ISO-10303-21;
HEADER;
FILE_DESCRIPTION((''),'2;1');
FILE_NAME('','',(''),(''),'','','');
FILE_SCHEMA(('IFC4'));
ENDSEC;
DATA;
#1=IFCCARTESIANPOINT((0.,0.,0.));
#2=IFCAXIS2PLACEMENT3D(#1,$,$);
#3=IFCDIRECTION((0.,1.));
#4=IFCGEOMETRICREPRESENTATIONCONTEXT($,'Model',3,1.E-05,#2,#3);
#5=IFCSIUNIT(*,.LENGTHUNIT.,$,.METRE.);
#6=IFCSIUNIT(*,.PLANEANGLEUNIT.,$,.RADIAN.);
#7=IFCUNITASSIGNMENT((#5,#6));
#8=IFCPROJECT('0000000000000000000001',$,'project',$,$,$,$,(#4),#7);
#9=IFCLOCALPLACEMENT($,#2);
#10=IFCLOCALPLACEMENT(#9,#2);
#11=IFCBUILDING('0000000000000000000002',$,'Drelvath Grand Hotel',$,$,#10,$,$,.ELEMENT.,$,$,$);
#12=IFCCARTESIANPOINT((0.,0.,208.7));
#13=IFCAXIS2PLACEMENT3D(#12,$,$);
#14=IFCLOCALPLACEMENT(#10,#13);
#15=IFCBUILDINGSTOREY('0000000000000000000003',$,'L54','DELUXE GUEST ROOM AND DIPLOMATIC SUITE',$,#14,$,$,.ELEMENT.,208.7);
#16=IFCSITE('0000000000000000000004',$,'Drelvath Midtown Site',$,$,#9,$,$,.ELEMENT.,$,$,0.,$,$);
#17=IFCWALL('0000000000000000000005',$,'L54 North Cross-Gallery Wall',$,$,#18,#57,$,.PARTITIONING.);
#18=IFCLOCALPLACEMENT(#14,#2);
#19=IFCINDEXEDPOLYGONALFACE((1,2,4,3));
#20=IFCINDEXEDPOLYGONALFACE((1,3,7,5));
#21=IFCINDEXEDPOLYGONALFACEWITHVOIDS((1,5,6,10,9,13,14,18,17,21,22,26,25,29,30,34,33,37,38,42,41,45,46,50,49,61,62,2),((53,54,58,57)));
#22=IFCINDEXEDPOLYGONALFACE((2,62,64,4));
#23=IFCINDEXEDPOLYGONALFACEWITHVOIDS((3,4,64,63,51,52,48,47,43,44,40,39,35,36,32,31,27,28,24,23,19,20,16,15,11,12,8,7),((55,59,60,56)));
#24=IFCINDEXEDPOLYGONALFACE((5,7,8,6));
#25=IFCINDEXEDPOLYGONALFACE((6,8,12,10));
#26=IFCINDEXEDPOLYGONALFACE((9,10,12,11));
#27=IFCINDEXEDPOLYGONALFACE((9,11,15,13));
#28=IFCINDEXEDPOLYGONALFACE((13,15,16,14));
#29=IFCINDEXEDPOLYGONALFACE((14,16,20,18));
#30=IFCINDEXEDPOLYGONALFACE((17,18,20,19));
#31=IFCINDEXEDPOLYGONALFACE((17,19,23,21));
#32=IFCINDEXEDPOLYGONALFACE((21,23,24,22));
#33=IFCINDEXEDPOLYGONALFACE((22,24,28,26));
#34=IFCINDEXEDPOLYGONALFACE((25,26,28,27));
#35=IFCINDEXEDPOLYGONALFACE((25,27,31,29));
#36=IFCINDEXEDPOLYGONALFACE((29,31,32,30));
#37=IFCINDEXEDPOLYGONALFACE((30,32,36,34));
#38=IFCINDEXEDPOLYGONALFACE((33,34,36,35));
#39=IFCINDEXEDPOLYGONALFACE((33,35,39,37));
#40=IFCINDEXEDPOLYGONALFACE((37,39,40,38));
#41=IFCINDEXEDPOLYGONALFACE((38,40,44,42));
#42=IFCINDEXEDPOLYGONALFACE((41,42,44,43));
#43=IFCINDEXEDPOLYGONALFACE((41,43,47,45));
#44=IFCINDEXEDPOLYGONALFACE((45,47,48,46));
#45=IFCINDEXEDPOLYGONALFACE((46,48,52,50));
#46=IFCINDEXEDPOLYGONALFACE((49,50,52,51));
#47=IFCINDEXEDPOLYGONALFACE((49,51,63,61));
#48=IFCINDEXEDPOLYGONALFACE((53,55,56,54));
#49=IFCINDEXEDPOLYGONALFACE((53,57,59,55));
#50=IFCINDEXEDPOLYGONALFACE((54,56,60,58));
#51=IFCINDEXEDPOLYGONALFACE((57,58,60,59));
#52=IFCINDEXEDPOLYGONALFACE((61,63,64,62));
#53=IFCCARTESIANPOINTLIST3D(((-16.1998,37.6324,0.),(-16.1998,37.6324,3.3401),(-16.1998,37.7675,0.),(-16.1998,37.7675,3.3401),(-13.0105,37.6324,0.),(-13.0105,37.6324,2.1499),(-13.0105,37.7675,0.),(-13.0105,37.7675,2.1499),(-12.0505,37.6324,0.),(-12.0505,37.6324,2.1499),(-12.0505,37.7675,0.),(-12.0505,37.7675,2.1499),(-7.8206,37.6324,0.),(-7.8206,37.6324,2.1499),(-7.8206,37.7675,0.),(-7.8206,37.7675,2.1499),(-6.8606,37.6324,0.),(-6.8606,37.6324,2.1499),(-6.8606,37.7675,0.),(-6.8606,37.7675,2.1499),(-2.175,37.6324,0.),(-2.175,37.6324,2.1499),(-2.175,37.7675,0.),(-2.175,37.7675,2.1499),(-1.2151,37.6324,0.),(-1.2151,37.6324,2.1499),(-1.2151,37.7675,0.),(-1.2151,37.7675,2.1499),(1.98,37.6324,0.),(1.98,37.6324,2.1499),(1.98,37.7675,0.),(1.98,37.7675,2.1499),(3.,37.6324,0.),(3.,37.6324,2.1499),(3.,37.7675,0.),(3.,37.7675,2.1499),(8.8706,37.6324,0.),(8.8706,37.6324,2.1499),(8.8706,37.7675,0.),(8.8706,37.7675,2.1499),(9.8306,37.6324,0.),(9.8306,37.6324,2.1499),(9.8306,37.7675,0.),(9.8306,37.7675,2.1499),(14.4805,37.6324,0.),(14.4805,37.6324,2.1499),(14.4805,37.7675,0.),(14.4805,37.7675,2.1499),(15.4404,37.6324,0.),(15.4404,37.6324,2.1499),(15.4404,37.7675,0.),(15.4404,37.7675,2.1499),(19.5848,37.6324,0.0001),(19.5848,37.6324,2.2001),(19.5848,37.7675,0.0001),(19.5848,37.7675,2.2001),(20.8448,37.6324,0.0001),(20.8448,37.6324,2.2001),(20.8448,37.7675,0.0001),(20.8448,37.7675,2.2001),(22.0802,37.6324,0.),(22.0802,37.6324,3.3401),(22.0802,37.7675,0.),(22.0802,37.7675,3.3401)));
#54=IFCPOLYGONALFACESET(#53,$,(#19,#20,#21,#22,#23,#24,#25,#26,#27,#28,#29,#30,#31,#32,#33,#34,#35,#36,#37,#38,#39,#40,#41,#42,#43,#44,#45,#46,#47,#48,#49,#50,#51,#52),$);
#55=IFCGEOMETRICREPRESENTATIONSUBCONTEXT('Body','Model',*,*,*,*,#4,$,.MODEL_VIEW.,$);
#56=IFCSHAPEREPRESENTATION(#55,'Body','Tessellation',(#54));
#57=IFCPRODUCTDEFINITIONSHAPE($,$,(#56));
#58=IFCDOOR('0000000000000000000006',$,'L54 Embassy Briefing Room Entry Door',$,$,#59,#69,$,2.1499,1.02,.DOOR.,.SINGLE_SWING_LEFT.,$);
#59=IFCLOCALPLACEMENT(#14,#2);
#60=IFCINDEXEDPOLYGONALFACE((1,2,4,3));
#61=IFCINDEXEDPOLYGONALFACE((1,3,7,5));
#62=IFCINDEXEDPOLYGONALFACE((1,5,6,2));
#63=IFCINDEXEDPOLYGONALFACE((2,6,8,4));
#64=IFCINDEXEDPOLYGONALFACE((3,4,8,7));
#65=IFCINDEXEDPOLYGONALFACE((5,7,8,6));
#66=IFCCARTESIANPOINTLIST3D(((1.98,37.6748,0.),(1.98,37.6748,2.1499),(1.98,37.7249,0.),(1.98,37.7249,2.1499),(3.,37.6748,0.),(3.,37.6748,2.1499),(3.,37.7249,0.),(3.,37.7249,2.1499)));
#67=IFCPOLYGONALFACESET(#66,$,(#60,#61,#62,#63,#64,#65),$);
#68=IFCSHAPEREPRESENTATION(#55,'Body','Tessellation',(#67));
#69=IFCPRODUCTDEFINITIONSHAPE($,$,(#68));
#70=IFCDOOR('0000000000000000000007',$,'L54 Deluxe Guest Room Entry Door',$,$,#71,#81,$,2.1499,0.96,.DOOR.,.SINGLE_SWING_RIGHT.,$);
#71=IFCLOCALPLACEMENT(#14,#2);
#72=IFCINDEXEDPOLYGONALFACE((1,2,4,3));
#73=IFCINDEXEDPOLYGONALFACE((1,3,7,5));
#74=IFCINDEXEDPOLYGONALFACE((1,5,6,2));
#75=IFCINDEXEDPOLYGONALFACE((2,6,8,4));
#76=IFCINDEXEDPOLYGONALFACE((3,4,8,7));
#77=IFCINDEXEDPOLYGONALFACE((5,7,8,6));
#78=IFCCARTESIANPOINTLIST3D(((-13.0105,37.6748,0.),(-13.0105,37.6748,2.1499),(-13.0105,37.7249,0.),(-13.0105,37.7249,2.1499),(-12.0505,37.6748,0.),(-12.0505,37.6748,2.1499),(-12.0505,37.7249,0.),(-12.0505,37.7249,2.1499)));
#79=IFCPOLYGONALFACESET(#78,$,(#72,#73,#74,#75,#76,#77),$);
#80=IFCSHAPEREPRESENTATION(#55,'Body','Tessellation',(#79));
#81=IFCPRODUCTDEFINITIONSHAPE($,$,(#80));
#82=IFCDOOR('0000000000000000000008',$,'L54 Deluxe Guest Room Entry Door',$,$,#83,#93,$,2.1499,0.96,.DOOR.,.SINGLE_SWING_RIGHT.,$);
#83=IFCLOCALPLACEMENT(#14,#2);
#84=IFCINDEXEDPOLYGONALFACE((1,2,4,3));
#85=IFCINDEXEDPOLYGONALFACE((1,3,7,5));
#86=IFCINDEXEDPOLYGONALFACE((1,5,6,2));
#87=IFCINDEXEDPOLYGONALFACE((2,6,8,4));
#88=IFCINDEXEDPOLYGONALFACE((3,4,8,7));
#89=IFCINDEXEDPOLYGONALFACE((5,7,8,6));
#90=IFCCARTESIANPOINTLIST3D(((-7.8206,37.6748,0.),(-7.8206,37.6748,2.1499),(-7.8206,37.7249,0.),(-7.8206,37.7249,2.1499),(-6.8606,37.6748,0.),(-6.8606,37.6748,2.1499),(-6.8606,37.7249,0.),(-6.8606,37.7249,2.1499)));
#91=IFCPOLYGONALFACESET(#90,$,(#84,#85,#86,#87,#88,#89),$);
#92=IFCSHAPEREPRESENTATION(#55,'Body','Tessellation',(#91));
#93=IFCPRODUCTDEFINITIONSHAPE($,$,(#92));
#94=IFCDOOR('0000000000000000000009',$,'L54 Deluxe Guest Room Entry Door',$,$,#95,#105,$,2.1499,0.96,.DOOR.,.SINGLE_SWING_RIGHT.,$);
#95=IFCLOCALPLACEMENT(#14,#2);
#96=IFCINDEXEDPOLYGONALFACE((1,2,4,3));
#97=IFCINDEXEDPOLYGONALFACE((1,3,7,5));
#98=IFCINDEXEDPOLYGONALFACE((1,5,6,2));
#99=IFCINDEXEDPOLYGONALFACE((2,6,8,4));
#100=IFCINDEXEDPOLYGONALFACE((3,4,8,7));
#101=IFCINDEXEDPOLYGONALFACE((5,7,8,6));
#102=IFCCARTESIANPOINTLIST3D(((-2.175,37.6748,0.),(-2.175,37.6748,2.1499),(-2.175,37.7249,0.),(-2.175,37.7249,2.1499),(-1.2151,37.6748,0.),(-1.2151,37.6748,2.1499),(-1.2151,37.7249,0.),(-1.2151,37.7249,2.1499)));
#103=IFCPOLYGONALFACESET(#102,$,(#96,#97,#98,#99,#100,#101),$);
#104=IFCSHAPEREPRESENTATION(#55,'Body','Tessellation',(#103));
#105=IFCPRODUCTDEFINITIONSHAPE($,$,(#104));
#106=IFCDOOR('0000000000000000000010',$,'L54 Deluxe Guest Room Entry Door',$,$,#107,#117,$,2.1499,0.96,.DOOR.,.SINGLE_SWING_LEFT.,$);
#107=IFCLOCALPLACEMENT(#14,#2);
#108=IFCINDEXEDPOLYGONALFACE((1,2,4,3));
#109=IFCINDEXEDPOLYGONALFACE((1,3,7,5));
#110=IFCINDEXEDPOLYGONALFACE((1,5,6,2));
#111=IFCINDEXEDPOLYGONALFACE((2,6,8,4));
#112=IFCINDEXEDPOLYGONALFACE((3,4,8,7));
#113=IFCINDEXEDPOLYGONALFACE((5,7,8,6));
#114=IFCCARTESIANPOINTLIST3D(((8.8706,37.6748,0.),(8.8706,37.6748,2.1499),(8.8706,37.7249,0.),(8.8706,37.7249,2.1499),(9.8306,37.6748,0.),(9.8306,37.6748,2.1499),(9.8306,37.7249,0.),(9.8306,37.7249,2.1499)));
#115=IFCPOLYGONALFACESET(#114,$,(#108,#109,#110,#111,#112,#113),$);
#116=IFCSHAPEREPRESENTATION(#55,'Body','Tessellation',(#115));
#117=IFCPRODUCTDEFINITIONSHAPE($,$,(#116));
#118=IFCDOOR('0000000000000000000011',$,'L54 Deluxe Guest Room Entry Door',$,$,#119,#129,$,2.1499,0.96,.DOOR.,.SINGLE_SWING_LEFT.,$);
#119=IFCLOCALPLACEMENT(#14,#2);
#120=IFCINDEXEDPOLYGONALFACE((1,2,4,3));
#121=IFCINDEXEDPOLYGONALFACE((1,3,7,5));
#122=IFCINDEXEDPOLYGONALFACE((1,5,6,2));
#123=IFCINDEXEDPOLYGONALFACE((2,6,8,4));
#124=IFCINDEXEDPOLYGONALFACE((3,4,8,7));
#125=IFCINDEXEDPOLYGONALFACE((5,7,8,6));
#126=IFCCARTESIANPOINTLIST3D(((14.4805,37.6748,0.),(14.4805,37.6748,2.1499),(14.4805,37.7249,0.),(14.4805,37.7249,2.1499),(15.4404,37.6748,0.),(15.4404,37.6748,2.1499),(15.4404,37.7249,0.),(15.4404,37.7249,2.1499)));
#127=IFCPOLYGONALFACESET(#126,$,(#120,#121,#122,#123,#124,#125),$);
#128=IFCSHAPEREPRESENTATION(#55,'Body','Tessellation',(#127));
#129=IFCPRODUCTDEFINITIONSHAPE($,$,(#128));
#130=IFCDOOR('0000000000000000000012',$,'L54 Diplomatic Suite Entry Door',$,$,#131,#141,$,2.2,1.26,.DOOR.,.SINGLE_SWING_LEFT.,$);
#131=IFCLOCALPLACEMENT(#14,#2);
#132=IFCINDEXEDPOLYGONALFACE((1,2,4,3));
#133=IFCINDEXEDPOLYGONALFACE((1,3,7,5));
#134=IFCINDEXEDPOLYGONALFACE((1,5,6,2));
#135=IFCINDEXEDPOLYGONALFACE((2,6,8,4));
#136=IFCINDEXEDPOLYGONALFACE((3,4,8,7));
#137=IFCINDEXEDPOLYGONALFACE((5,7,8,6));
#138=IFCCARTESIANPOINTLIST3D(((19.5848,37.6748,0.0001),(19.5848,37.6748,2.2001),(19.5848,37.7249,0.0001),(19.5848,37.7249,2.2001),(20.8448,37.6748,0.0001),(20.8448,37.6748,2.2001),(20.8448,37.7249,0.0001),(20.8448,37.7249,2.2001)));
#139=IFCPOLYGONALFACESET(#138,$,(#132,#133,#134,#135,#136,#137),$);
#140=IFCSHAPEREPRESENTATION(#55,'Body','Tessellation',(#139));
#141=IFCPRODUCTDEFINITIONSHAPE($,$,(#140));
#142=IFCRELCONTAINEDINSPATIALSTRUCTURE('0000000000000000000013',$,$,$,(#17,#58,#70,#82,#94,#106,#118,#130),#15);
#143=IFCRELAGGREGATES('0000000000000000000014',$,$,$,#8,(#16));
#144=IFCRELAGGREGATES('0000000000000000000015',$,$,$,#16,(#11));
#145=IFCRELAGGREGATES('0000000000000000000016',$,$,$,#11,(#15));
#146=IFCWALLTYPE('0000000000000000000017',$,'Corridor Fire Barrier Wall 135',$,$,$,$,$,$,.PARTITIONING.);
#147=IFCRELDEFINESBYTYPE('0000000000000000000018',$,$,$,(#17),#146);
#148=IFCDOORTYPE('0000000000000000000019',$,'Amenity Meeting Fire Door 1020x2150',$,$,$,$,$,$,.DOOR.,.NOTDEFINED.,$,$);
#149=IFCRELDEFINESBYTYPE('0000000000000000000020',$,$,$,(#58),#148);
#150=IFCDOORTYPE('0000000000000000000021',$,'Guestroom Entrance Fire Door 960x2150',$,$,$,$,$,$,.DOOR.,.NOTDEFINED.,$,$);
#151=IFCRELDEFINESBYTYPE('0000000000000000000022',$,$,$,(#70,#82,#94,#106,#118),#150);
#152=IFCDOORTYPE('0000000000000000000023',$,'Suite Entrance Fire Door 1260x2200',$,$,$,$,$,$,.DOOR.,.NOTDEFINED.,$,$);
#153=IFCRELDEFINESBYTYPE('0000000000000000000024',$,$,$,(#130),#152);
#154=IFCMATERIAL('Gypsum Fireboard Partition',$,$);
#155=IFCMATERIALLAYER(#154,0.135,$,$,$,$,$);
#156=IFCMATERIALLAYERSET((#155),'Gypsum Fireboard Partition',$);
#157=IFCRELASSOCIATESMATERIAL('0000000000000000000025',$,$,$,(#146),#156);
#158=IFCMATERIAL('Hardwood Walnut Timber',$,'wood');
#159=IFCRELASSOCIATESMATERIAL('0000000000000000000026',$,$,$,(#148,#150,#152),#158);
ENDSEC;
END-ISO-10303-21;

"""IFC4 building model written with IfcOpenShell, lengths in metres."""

from ifc_helpers import new_model, si_unit, direction, frame, frame_2d, origin, place, context, subcontext, project, spatial, rectangle, extrude, material, layer, layer_set, type_object, element, fill, save


model = new_model("IFC4")

# Units and contexts
model_context = context("Model", 3, precision=1e-05, world=origin(), true_north=direction((0.0, 1.0)))
body_context = subcontext(model_context, "Body", "Model", "MODEL_VIEW")
ifc_project = project(units=[si_unit("LENGTHUNIT", "METRE"), si_unit("PLANEANGLEUNIT", "RADIAN")], contexts=[model_context])

# Site, building, storey
site_placement = place(None, origin())
site = spatial("IfcSite", under=ifc_project, at=site_placement, Name="Drelvath Midtown Site", CompositionType="ELEMENT", RefElevation=0.0)
building_placement = place(site_placement, origin())
building = spatial("IfcBuilding", under=site, at=building_placement, Name="Drelvath Grand Hotel", CompositionType="ELEMENT")
storey_placement = place(building_placement, frame((0.0, 0.0, 208.7)))
storey = spatial("IfcBuildingStorey", under=building, at=storey_placement, Name="L54", Description="DELUXE GUEST ROOM AND DIPLOMATIC SUITE", CompositionType="ELEMENT", Elevation=208.7)

# Wall, openings, doors
ifc_material_1 = material(Name="Gypsum Fireboard Partition")
ifc_layer_1 = layer(ifc_material_1, 0.135)
ifc_layer_set_1 = layer_set([ifc_layer_1], Name="Gypsum Fireboard Partition")
wall_type_1 = type_object("IfcWallType", Name="Corridor Fire Barrier Wall 135", PredefinedType="PARTITIONING", material=ifc_layer_set_1)
wall_1_placement = place(storey_placement, frame((-16.2, 37.7, 0.0), z_axis=(0.0, 0.0, 1.0), x_axis=(1.0, 0.0, 0.0)))
wall_1 = element("IfcWall", 1, at=wall_1_placement, inside=storey, type_object=wall_type_1, Name="L54 North Cross-Gallery Wall", PredefinedType="PARTITIONING", context=body_context, shape_type="SweptSolid", body=[
    extrude(rectangle(XDim=38.28, YDim=0.135, at=frame_2d((19.1401, 0.0))), origin(), (0.0, 0.0, 1.0), 3.3401),
])
opening_1_placement = place(wall_1_placement, frame((35.7849, 0.0, 0.0)))
opening_1 = element("IfcOpeningElement", 2, at=opening_1_placement, cuts=wall_1, PredefinedType="OPENING", context=body_context, shape_type="SweptSolid", body=[
    extrude(rectangle(XDim=1.26, YDim=2.2, at=frame_2d((0.6299, 1.1001))), frame((0.0, 0.0774, 0.0), z_axis=(0.0, -1.0, 0.0), x_axis=(1.0, 0.0, 0.0)), (0.0, 0.0, 1.0), 0.155),
])
opening_2_placement = place(wall_1_placement, frame((3.1895, 0.0, 0.0)))
opening_2 = element("IfcOpeningElement", 3, at=opening_2_placement, cuts=wall_1, PredefinedType="OPENING", context=body_context, shape_type="SweptSolid", body=[
    extrude(rectangle(XDim=0.96, YDim=2.1499, at=frame_2d((0.48, 1.075))), frame((0.0, 0.0774, 0.0), z_axis=(0.0, -1.0, 0.0), x_axis=(1.0, 0.0, 0.0)), (0.0, 0.0, 1.0), 0.155),
])
opening_3_placement = place(wall_1_placement, frame((8.3794, 0.0, 0.0)))
opening_3 = element("IfcOpeningElement", 4, at=opening_3_placement, cuts=wall_1, PredefinedType="OPENING", context=body_context, shape_type="SweptSolid", body=[
    extrude(rectangle(XDim=0.96, YDim=2.1499, at=frame_2d((0.48, 1.075))), frame((0.0, 0.0774, 0.0), z_axis=(0.0, -1.0, 0.0), x_axis=(1.0, 0.0, 0.0)), (0.0, 0.0, 1.0), 0.155),
])
opening_4_placement = place(wall_1_placement, frame((14.0249, 0.0, 0.0)))
opening_4 = element("IfcOpeningElement", 5, at=opening_4_placement, cuts=wall_1, PredefinedType="OPENING", context=body_context, shape_type="SweptSolid", body=[
    extrude(rectangle(XDim=0.96, YDim=2.1499, at=frame_2d((0.48, 1.075))), frame((0.0, 0.0774, 0.0), z_axis=(0.0, -1.0, 0.0), x_axis=(1.0, 0.0, 0.0)), (0.0, 0.0, 1.0), 0.155),
])
opening_5_placement = place(wall_1_placement, frame((18.1799, 0.0, 0.0)))
opening_5 = element("IfcOpeningElement", 6, at=opening_5_placement, cuts=wall_1, PredefinedType="OPENING", context=body_context, shape_type="SweptSolid", body=[
    extrude(rectangle(XDim=1.02, YDim=2.1499, at=frame_2d((0.51, 1.075))), frame((0.0, 0.0774, 0.0), z_axis=(0.0, -1.0, 0.0), x_axis=(1.0, 0.0, 0.0)), (0.0, 0.0, 1.0), 0.155),
])
opening_6_placement = place(wall_1_placement, frame((25.0706, 0.0, 0.0)))
opening_6 = element("IfcOpeningElement", 7, at=opening_6_placement, cuts=wall_1, PredefinedType="OPENING", context=body_context, shape_type="SweptSolid", body=[
    extrude(rectangle(XDim=0.96, YDim=2.1499, at=frame_2d((0.48, 1.075))), frame((0.0, 0.0774, 0.0), z_axis=(0.0, -1.0, 0.0), x_axis=(1.0, 0.0, 0.0)), (0.0, 0.0, 1.0), 0.155),
])
opening_7_placement = place(wall_1_placement, frame((30.6804, 0.0, 0.0)))
opening_7 = element("IfcOpeningElement", 8, at=opening_7_placement, cuts=wall_1, PredefinedType="OPENING", context=body_context, shape_type="SweptSolid", body=[
    extrude(rectangle(XDim=0.96, YDim=2.1499, at=frame_2d((0.48, 1.075))), frame((0.0, 0.0774, 0.0), z_axis=(0.0, -1.0, 0.0), x_axis=(1.0, 0.0, 0.0)), (0.0, 0.0, 1.0), 0.155),
])
ifc_material_2 = material(Name="Hardwood Walnut Timber", Category="wood")
door_type_1 = type_object("IfcDoorType", Name="Amenity Meeting Fire Door 1020x2150", OperationType="NOTDEFINED", PredefinedType="DOOR", material=ifc_material_2)
door_1_placement = place(opening_5_placement, origin())
door_1 = element("IfcDoor", 9, at=door_1_placement, inside=storey, type_object=door_type_1, Name="L54 Embassy Briefing Room Entry Door", OperationType="SINGLE_SWING_LEFT", OverallHeight=2.1499, OverallWidth=1.02, PredefinedType="DOOR", context=body_context, shape_type="SweptSolid", body=[
    extrude(rectangle(XDim=1.02, YDim=2.1499, at=frame_2d((0.51, 1.075))), frame((0.0, 0.0249, 0.0), z_axis=(0.0, -1.0, 0.0), x_axis=(1.0, 0.0, 0.0)), (0.0, 0.0, 1.0), 0.05),
])
fill(opening_5, door_1)
door_type_2 = type_object("IfcDoorType", Name="Guestroom Entrance Fire Door 960x2150", OperationType="NOTDEFINED", PredefinedType="DOOR", material=ifc_material_2)
door_2_placement = place(opening_2_placement, origin())
door_2 = element("IfcDoor", 10, at=door_2_placement, inside=storey, type_object=door_type_2, Name="L54 Deluxe Guest Room Entry Door", OperationType="SINGLE_SWING_RIGHT", OverallHeight=2.1499, OverallWidth=0.96, PredefinedType="DOOR", context=body_context, shape_type="SweptSolid", body=[
    extrude(rectangle(XDim=0.96, YDim=2.1499, at=frame_2d((0.48, 1.075))), frame((0.0, 0.0249, 0.0), z_axis=(0.0, -1.0, 0.0), x_axis=(1.0, 0.0, 0.0)), (0.0, 0.0, 1.0), 0.05),
])
fill(opening_2, door_2)
door_3_placement = place(opening_3_placement, origin())
door_3 = element("IfcDoor", 11, at=door_3_placement, inside=storey, type_object=door_type_2, Name="L54 Deluxe Guest Room Entry Door", OperationType="SINGLE_SWING_RIGHT", OverallHeight=2.1499, OverallWidth=0.96, PredefinedType="DOOR", context=body_context, shape_type="SweptSolid", body=[
    extrude(rectangle(XDim=0.96, YDim=2.1499, at=frame_2d((0.48, 1.075))), frame((0.0, 0.0249, 0.0), z_axis=(0.0, -1.0, 0.0), x_axis=(1.0, 0.0, 0.0)), (0.0, 0.0, 1.0), 0.05),
])
fill(opening_3, door_3)
door_4_placement = place(opening_4_placement, origin())
door_4 = element("IfcDoor", 12, at=door_4_placement, inside=storey, type_object=door_type_2, Name="L54 Deluxe Guest Room Entry Door", OperationType="SINGLE_SWING_RIGHT", OverallHeight=2.1499, OverallWidth=0.96, PredefinedType="DOOR", context=body_context, shape_type="SweptSolid", body=[
    extrude(rectangle(XDim=0.96, YDim=2.1499, at=frame_2d((0.48, 1.075))), frame((0.0, 0.0249, 0.0), z_axis=(0.0, -1.0, 0.0), x_axis=(1.0, 0.0, 0.0)), (0.0, 0.0, 1.0), 0.05),
])
fill(opening_4, door_4)
door_5_placement = place(opening_6_placement, origin())
door_5 = element("IfcDoor", 13, at=door_5_placement, inside=storey, type_object=door_type_2, Name="L54 Deluxe Guest Room Entry Door", OperationType="SINGLE_SWING_LEFT", OverallHeight=2.1499, OverallWidth=0.96, PredefinedType="DOOR", context=body_context, shape_type="SweptSolid", body=[
    extrude(rectangle(XDim=0.96, YDim=2.1499, at=frame_2d((0.48, 1.075))), frame((0.0, 0.0249, 0.0), z_axis=(0.0, -1.0, 0.0), x_axis=(1.0, 0.0, 0.0)), (0.0, 0.0, 1.0), 0.05),
])
fill(opening_6, door_5)
door_6_placement = place(opening_7_placement, origin())
door_6 = element("IfcDoor", 14, at=door_6_placement, inside=storey, type_object=door_type_2, Name="L54 Deluxe Guest Room Entry Door", OperationType="SINGLE_SWING_LEFT", OverallHeight=2.1499, OverallWidth=0.96, PredefinedType="DOOR", context=body_context, shape_type="SweptSolid", body=[
    extrude(rectangle(XDim=0.96, YDim=2.1499, at=frame_2d((0.48, 1.075))), frame((0.0, 0.0249, 0.0), z_axis=(0.0, -1.0, 0.0), x_axis=(1.0, 0.0, 0.0)), (0.0, 0.0, 1.0), 0.05),
])
fill(opening_7, door_6)
door_type_3 = type_object("IfcDoorType", Name="Suite Entrance Fire Door 1260x2200", OperationType="NOTDEFINED", PredefinedType="DOOR", material=ifc_material_2)
door_7_placement = place(opening_1_placement, origin())
door_7 = element("IfcDoor", 15, at=door_7_placement, inside=storey, type_object=door_type_3, Name="L54 Diplomatic Suite Entry Door", OperationType="SINGLE_SWING_LEFT", OverallHeight=2.2, OverallWidth=1.26, PredefinedType="DOOR", context=body_context, shape_type="SweptSolid", body=[
    extrude(rectangle(XDim=1.26, YDim=2.2, at=frame_2d((0.6299, 1.1001))), frame((0.0, 0.0249, 0.0), z_axis=(0.0, -1.0, 0.0), x_axis=(1.0, 0.0, 0.0)), (0.0, 0.0, 1.0), 0.05),
])
fill(opening_1, door_7)

save(model, "model.ifc")
